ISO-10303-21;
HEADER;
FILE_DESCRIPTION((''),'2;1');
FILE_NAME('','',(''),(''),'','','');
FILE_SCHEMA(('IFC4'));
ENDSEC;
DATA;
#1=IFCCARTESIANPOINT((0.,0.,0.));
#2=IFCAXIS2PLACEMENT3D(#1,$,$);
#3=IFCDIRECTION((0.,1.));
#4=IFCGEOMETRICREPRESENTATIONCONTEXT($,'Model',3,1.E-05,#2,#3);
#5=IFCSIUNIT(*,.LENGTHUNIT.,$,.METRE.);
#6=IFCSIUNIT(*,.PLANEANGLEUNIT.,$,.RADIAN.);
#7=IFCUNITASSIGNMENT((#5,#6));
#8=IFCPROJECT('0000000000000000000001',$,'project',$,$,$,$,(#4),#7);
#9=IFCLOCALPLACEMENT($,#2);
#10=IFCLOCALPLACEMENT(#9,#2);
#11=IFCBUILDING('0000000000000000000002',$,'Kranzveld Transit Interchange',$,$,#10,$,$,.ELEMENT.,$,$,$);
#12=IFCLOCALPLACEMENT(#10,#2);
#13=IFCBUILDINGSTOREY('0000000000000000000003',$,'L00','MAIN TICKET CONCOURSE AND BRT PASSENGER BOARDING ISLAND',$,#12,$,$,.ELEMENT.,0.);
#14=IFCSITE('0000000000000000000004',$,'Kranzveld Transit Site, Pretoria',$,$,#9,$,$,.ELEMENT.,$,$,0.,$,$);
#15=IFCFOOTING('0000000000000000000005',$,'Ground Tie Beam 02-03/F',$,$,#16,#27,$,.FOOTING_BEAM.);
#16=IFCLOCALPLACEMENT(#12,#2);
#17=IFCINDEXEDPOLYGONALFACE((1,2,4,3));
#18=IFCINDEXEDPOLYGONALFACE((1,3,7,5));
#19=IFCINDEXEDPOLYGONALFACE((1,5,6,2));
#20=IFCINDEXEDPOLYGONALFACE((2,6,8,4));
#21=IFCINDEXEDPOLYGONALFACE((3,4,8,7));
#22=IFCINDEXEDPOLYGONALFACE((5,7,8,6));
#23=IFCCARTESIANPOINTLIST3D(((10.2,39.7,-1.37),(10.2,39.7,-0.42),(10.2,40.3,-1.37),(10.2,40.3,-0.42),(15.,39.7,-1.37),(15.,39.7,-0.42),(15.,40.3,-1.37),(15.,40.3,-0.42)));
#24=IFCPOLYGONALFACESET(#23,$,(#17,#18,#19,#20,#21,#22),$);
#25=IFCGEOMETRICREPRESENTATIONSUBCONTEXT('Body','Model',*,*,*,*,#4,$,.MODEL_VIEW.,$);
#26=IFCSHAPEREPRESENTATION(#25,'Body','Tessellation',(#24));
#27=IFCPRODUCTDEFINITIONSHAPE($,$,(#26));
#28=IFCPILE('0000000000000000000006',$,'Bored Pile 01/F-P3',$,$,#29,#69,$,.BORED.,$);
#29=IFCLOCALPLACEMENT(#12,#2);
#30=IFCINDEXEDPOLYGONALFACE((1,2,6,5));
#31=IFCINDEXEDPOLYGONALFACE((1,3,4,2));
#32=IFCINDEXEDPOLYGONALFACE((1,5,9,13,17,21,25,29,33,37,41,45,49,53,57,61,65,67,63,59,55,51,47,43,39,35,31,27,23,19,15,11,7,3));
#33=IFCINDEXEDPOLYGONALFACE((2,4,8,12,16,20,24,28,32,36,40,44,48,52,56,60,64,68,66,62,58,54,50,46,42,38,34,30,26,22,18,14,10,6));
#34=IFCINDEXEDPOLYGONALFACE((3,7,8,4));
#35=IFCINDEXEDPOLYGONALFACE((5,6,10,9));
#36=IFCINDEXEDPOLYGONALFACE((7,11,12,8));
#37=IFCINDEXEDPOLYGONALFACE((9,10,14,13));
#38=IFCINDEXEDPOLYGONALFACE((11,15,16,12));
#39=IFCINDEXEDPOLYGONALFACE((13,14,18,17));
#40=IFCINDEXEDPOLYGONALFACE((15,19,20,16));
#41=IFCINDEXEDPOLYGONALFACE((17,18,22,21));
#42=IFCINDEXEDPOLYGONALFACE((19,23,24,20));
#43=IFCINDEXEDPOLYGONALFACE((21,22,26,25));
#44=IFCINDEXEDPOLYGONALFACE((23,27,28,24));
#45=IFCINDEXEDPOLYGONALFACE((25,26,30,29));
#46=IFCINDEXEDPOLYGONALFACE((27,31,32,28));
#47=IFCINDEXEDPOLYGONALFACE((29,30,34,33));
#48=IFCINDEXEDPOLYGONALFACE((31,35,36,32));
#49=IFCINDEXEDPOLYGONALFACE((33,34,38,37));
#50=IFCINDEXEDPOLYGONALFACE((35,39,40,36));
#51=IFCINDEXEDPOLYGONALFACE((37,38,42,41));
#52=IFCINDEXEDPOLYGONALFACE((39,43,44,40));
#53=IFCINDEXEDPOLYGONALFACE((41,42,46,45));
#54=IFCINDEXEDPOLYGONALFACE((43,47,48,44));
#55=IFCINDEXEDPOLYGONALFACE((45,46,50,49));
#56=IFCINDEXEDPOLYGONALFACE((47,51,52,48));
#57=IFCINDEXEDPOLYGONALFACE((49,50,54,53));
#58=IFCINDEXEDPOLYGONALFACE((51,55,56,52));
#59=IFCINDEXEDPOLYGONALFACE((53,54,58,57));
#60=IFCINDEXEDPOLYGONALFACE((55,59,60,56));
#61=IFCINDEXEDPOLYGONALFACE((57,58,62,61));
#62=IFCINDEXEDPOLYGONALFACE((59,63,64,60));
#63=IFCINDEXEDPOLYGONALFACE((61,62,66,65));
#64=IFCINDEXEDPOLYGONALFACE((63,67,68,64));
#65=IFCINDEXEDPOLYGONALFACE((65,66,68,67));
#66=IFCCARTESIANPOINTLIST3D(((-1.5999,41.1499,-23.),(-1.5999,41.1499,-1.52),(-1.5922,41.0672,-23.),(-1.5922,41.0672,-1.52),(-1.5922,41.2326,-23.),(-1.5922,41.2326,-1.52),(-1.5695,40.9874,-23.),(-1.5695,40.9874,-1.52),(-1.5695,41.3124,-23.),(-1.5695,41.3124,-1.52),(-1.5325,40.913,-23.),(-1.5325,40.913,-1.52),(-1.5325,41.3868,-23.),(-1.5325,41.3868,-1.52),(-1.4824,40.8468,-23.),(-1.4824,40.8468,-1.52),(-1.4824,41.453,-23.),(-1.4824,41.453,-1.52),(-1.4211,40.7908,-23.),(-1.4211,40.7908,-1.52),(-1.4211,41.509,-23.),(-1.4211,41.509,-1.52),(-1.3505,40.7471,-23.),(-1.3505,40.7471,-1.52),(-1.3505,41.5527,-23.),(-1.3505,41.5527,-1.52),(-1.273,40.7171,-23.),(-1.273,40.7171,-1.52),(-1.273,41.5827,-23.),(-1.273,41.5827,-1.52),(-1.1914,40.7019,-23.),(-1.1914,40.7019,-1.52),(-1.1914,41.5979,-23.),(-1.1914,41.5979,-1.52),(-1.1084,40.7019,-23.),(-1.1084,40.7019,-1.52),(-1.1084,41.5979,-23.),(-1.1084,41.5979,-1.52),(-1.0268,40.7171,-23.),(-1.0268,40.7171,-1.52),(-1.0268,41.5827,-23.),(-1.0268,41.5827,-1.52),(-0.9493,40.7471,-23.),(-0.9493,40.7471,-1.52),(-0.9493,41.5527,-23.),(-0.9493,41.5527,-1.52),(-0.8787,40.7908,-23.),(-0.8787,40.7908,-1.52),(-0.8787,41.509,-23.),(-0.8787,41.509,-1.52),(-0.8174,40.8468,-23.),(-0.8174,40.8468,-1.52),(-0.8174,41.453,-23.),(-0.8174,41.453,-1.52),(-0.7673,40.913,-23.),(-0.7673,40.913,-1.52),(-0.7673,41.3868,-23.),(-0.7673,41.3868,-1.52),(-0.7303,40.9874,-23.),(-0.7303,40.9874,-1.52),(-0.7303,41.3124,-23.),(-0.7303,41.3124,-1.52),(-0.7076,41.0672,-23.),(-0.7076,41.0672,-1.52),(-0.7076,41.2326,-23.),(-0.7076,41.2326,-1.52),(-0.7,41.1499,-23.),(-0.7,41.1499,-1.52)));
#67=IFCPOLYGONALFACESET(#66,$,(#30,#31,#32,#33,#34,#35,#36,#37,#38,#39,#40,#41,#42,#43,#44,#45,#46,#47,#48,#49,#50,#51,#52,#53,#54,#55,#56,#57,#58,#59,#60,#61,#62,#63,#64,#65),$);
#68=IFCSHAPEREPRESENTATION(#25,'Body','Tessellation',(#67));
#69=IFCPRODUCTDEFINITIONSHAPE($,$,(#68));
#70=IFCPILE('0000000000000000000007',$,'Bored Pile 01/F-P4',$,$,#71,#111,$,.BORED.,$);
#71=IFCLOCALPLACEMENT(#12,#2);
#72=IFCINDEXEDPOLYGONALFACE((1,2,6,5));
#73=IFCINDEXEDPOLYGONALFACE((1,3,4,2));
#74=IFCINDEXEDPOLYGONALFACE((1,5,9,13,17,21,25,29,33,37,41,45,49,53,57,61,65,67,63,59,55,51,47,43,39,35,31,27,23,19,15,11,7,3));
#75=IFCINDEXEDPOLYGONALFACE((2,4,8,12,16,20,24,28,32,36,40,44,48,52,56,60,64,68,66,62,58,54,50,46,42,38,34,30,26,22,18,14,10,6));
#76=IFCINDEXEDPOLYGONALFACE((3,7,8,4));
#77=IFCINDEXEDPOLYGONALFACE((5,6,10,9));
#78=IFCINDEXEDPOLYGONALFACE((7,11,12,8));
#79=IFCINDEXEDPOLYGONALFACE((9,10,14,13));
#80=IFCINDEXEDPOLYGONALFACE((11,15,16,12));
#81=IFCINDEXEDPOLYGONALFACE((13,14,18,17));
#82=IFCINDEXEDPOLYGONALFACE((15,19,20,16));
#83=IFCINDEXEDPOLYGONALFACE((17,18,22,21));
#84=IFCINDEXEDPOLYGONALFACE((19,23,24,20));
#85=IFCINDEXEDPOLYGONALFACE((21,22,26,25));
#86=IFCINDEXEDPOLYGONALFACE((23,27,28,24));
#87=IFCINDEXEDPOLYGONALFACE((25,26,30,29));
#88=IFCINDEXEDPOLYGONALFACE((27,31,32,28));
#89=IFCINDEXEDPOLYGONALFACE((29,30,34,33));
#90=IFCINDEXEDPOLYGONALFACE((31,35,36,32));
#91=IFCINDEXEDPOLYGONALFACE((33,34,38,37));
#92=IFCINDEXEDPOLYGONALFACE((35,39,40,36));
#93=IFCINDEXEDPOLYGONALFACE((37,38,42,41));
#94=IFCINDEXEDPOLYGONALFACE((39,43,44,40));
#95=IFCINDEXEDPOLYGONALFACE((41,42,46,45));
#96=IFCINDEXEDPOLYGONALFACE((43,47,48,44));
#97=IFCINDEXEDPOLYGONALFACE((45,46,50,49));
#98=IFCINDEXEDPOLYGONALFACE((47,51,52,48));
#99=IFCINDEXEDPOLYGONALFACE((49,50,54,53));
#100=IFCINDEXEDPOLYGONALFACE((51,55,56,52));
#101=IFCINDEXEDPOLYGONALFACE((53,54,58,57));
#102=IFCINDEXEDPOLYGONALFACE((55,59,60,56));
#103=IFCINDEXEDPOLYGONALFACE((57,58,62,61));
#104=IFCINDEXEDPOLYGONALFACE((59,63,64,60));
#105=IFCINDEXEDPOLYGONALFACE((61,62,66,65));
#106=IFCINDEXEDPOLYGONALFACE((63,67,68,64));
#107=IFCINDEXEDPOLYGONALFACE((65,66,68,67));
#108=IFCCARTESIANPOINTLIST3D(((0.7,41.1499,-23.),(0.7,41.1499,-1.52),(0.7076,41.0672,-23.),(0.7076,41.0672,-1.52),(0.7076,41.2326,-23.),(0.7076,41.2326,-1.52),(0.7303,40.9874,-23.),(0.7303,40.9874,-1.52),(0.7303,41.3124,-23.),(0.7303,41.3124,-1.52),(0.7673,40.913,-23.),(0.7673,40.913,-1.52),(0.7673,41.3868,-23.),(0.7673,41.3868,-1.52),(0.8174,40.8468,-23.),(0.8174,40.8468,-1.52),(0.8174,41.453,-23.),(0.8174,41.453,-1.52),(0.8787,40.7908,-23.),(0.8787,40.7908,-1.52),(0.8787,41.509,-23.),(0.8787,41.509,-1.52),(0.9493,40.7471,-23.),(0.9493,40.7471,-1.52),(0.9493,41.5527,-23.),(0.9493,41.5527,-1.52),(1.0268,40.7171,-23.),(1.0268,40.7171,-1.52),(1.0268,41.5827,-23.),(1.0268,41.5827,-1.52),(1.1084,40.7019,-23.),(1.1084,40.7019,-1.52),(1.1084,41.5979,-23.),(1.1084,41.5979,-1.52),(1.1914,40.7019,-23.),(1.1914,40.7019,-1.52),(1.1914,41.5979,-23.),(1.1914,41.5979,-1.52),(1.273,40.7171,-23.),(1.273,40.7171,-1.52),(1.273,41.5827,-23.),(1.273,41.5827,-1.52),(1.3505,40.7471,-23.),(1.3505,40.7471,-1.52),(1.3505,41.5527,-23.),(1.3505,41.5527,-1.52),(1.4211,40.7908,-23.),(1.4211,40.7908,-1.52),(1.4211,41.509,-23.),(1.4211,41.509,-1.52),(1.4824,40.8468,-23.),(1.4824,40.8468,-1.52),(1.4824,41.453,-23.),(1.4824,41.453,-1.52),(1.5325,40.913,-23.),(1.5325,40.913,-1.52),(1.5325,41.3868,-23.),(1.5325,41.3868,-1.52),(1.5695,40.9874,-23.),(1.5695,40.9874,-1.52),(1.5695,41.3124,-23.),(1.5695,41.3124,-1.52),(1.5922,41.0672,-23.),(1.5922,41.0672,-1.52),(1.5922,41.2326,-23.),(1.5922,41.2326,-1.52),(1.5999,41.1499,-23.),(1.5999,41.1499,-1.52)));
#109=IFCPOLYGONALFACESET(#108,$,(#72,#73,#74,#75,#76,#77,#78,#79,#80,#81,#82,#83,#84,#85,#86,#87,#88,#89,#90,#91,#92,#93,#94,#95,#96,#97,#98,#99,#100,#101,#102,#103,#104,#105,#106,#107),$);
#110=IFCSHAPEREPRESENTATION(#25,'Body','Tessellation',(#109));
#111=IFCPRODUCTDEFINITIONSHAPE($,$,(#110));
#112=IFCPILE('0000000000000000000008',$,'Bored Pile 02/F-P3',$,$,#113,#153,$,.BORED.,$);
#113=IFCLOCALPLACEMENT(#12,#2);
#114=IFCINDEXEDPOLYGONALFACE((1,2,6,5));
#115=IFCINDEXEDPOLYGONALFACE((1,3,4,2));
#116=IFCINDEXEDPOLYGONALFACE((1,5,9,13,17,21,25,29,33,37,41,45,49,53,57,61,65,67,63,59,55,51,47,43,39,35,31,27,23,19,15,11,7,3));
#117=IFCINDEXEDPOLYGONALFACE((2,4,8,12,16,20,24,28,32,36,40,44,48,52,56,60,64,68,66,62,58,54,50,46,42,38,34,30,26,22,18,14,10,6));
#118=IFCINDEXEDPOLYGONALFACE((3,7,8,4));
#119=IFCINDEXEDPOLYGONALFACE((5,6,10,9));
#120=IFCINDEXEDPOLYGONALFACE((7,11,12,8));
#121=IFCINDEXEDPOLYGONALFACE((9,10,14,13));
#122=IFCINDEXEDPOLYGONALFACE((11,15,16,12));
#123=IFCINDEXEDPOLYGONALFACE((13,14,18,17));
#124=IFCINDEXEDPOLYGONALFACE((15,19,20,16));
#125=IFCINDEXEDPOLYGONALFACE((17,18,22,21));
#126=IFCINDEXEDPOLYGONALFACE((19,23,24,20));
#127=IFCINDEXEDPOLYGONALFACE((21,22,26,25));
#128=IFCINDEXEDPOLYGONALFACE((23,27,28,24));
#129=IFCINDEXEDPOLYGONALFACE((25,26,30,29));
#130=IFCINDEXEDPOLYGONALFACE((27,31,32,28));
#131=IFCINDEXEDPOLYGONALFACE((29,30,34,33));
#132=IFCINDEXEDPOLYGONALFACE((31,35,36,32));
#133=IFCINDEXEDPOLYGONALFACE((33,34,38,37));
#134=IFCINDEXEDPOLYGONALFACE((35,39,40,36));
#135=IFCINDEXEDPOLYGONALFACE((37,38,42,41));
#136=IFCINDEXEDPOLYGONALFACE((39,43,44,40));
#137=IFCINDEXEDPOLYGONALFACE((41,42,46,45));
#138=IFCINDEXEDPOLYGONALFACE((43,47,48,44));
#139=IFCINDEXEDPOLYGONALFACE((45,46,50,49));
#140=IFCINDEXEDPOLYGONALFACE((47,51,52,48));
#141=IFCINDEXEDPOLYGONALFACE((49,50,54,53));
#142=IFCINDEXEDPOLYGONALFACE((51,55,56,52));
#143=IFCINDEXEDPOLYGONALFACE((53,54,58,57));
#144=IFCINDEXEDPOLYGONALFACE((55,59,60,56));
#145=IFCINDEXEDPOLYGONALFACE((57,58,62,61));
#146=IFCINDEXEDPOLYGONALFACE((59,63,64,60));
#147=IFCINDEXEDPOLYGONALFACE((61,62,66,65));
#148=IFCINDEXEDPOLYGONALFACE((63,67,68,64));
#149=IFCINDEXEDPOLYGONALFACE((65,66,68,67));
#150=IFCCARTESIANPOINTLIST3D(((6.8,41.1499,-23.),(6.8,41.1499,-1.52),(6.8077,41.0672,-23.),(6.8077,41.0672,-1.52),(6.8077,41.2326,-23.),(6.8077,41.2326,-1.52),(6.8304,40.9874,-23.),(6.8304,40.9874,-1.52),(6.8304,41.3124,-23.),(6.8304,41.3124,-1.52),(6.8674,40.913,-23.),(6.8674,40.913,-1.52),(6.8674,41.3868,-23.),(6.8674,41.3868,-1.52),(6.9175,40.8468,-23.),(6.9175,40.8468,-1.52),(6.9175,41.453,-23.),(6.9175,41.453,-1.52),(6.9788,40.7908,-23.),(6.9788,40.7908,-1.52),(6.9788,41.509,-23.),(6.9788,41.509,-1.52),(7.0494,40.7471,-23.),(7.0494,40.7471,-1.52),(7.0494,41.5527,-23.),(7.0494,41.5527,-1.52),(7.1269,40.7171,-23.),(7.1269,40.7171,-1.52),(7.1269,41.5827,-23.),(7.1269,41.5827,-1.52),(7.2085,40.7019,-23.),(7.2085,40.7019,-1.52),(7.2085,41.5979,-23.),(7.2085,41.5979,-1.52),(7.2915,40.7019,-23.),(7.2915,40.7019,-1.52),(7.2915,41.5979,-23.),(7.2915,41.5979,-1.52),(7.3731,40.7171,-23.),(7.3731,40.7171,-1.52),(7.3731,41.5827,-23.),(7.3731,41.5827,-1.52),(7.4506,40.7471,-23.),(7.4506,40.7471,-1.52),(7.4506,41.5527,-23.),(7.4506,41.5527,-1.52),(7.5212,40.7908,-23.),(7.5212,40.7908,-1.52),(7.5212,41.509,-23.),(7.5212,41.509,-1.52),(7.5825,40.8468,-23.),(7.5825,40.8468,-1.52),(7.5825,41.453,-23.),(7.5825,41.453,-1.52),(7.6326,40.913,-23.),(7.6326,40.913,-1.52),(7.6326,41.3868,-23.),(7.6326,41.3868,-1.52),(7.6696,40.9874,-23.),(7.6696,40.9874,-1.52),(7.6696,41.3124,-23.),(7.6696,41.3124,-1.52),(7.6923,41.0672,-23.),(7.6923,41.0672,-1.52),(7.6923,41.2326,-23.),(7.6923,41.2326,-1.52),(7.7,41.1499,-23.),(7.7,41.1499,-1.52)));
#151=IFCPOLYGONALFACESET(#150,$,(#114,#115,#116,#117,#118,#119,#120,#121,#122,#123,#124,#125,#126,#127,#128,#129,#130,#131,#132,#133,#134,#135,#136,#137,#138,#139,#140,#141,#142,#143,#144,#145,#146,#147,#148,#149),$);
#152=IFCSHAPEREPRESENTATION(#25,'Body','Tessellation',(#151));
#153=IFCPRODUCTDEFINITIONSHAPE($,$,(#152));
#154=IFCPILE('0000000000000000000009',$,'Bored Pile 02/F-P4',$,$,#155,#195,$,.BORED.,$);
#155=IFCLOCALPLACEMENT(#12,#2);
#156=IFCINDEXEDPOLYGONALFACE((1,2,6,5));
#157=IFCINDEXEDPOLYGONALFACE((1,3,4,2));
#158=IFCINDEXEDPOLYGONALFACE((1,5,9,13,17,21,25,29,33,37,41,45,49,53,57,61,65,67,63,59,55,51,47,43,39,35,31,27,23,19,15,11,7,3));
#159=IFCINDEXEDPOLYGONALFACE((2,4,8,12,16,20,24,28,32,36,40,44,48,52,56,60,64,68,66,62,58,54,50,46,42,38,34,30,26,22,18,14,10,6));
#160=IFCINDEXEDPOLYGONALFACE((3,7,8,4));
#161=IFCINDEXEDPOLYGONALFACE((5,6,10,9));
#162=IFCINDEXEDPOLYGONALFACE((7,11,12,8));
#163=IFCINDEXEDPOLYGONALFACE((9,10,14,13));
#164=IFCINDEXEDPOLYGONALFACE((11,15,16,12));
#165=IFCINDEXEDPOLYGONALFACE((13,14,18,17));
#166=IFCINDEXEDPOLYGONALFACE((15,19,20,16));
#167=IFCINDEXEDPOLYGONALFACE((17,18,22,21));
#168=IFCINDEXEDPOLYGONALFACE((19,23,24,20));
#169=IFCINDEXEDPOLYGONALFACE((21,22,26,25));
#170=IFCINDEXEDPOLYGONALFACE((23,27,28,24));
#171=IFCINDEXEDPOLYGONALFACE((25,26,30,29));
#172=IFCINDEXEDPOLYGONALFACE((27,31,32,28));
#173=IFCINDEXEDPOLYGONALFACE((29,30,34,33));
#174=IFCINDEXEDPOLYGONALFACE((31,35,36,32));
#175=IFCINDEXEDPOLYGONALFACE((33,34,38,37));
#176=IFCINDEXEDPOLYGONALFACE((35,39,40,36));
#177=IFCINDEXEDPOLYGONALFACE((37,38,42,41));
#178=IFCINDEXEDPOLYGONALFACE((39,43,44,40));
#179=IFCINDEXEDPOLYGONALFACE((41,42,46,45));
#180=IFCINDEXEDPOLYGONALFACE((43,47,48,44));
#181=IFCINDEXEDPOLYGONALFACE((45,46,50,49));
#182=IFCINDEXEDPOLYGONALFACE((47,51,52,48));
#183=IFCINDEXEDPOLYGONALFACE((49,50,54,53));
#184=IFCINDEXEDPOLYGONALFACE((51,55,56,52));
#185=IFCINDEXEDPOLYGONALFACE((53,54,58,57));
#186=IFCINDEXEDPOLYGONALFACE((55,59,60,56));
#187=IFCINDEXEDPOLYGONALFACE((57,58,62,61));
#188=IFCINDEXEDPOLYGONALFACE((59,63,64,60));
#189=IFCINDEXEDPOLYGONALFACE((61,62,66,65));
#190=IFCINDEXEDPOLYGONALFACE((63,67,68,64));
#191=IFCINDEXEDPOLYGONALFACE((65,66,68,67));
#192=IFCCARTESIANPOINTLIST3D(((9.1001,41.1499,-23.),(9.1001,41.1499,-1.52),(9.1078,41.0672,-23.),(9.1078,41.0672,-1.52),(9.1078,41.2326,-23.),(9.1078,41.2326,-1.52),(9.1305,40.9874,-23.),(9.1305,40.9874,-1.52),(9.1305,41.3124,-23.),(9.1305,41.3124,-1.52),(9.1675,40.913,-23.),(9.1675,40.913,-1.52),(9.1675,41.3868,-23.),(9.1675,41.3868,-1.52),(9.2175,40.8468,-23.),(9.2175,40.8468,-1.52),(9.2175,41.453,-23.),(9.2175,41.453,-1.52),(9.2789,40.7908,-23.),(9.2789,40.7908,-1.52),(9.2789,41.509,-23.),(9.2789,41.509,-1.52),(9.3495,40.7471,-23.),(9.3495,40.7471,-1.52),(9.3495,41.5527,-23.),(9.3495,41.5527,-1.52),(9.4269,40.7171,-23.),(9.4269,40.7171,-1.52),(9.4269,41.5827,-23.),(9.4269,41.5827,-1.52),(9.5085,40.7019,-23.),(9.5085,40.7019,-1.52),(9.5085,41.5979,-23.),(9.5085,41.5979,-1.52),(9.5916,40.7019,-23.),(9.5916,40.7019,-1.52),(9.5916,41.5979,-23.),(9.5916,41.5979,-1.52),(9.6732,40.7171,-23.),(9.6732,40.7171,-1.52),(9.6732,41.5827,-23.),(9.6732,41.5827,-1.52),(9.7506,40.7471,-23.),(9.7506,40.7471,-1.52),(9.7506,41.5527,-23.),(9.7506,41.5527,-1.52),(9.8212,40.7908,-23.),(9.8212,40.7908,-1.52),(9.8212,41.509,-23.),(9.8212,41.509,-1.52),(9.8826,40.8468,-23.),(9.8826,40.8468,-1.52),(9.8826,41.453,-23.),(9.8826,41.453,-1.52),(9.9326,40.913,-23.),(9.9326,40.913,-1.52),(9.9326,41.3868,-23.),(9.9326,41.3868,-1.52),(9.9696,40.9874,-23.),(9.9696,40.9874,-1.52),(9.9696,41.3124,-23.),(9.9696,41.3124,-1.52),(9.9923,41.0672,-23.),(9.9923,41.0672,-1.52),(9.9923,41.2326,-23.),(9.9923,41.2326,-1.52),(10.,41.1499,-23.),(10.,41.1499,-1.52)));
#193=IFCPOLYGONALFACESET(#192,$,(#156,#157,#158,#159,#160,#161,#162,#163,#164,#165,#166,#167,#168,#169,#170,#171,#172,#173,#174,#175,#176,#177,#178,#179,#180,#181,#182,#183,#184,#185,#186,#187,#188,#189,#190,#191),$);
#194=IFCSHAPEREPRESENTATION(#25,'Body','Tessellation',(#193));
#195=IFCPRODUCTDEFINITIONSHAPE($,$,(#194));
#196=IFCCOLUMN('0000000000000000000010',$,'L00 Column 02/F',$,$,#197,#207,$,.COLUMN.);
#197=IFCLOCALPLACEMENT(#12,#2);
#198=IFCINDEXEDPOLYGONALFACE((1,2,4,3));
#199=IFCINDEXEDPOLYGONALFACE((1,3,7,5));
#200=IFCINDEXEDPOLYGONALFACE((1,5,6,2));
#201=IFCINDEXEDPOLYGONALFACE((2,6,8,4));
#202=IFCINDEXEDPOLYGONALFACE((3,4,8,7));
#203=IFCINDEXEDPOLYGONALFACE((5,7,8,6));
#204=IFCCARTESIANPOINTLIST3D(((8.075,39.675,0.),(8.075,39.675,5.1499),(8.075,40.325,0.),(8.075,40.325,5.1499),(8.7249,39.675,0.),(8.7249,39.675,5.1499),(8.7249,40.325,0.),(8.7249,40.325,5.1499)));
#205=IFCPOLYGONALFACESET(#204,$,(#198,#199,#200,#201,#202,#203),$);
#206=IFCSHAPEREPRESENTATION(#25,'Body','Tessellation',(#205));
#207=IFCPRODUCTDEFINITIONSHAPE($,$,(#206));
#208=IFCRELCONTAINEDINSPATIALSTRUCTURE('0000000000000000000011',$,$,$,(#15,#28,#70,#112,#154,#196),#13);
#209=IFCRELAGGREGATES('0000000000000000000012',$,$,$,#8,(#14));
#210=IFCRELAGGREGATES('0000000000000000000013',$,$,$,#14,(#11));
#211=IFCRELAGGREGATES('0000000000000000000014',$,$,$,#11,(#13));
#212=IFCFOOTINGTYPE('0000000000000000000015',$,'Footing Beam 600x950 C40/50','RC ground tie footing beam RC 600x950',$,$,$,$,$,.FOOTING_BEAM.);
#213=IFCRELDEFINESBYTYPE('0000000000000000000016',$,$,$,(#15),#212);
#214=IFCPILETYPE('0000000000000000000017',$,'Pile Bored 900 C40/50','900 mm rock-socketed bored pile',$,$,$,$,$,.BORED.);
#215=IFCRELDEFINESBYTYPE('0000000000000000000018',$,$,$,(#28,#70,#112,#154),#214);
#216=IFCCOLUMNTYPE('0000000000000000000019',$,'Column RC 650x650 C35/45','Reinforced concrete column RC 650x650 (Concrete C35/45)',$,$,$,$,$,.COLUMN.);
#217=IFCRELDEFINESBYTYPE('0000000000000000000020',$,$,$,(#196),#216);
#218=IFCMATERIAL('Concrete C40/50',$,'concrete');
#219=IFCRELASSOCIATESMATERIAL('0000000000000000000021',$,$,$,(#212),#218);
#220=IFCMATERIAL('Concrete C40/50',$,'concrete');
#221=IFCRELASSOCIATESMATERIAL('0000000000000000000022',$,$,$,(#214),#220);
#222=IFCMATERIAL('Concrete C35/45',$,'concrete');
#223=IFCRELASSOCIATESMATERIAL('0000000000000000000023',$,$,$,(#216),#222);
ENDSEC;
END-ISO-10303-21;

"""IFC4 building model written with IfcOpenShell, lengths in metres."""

from ifc_helpers import new_model, si_unit, direction, frame, origin, origin_2d, place, context, subcontext, project, spatial, rectangle, circle, extrude, material, material_profile, profile_set, type_object, element, save


model = new_model("IFC4")

# Units and contexts
model_context = context("Model", 3, precision=1e-05, world=origin(), true_north=direction((0.0, 1.0)))
body_context = subcontext(model_context, "Body", "Model", "MODEL_VIEW")
ifc_project = project(units=[si_unit("LENGTHUNIT", "METRE"), si_unit("PLANEANGLEUNIT", "RADIAN")], contexts=[model_context])

# Site, building, storey
site_placement = place(None, origin())
site = spatial("IfcSite", under=ifc_project, at=site_placement, Name="Kranzveld Transit Site, Pretoria", CompositionType="ELEMENT", RefElevation=0.0)
building_placement = place(site_placement, origin())
building = spatial("IfcBuilding", under=site, at=building_placement, Name="Kranzveld Transit Interchange", CompositionType="ELEMENT")
storey_placement = place(building_placement, origin())
storey = spatial("IfcBuildingStorey", under=building, at=storey_placement, Name="L00", Description="MAIN TICKET CONCOURSE AND BRT PASSENGER BOARDING ISLAND", CompositionType="ELEMENT", Elevation=0.0)

# Footing
ifc_material_1 = material(Name="Concrete C40/50", Category="concrete")
ifc_material_profile_1 = material_profile(ifc_material_1, rectangle(XDim=0.6001, YDim=0.95, at=origin_2d()), Name="RC 600x950")
ifc_profile_set_1 = profile_set([ifc_material_profile_1], Name="Concrete C40/50")
footing_type = type_object("IfcFootingType", Name="Footing Beam 600x950 C40/50", Description="RC ground tie footing beam RC 600x950", PredefinedType="FOOTING_BEAM", material=ifc_profile_set_1)
footing_placement = place(storey_placement, frame((10.2, 40.0, -0.895), z_axis=(1.0, 0.0, 0.0), x_axis=(0.0, 1.0, 0.0)))
element("IfcFooting", 1, at=footing_placement, inside=storey, type_object=footing_type, Name="Ground Tie Beam 02-03/F", PredefinedType="FOOTING_BEAM", context=body_context, shape_type="SweptSolid", body=[
    extrude(rectangle(XDim=0.6001, YDim=0.95, at=origin_2d()), origin(), (0.0, 0.0, 1.0), 4.8),
])

# Piles
ifc_material_2 = material(Name="Concrete C40/50", Category="concrete")
ifc_material_profile_2 = material_profile(ifc_material_2, circle(Radius=0.45, at=origin_2d()), Name="BORED PILE 900")
ifc_profile_set_2 = profile_set([ifc_material_profile_2], Name="Concrete C40/50")
pile_type = type_object("IfcPileType", Name="Pile Bored 900 C40/50", Description="900 mm rock-socketed bored pile", PredefinedType="BORED", material=ifc_profile_set_2)
for number, where, z_axis, x_axis, name in (
    (2, (-1.1499, 41.1499, -1.52), (0.0, 0.0, -1.0), (1.0, 0.0, 0.0), "Bored Pile 01/F-P3"),
    (3, (1.1499, 41.1499, -1.52), (0.0, 0.0, -1.0), (1.0, 0.0, 0.0), "Bored Pile 01/F-P4"),
    (4, (7.25, 41.1499, -1.52), (0.0, 0.0, -1.0), (1.0, 0.0, 0.0), "Bored Pile 02/F-P3"),
    (5, (9.55, 41.1499, -1.52), (0.0, 0.0, -1.0), (1.0, 0.0, 0.0), "Bored Pile 02/F-P4"),
):
    element("IfcPile", number, at=place(storey_placement, frame(where, z_axis=z_axis, x_axis=x_axis)), inside=storey, type_object=pile_type, Name=name, PredefinedType="BORED", context=body_context, shape_type="SweptSolid", body=[
        extrude(circle(Radius=0.45, at=origin_2d()), origin(), (0.0, 0.0, 1.0), 21.48),
    ])

# Column
ifc_material_3 = material(Name="Concrete C35/45", Category="concrete")
ifc_material_profile_3 = material_profile(ifc_material_3, rectangle(XDim=0.6499, YDim=0.6499, at=origin_2d()), Name="RC 650x650")
ifc_profile_set_3 = profile_set([ifc_material_profile_3], Name="Concrete C35/45")
column_type_1 = type_object("IfcColumnType", Name="Column RC 650x650 C35/45", Description="Reinforced concrete column RC 650x650 (Concrete C35/45)", PredefinedType="COLUMN", material=ifc_profile_set_3)
column_placement = place(storey_placement, frame((8.3999, 40.0, 0.0), z_axis=(0.0, 0.0, 1.0), x_axis=(1.0, 0.0, 0.0)))
element("IfcColumn", 6, at=column_placement, inside=storey, type_object=column_type_1, Name="L00 Column 02/F", PredefinedType="COLUMN", context=body_context, shape_type="SweptSolid", body=[
    extrude(rectangle(XDim=0.6499, YDim=0.6499, at=origin_2d()), origin(), (0.0, 0.0, 1.0), 5.1499),
])

save(model, "model.ifc")
